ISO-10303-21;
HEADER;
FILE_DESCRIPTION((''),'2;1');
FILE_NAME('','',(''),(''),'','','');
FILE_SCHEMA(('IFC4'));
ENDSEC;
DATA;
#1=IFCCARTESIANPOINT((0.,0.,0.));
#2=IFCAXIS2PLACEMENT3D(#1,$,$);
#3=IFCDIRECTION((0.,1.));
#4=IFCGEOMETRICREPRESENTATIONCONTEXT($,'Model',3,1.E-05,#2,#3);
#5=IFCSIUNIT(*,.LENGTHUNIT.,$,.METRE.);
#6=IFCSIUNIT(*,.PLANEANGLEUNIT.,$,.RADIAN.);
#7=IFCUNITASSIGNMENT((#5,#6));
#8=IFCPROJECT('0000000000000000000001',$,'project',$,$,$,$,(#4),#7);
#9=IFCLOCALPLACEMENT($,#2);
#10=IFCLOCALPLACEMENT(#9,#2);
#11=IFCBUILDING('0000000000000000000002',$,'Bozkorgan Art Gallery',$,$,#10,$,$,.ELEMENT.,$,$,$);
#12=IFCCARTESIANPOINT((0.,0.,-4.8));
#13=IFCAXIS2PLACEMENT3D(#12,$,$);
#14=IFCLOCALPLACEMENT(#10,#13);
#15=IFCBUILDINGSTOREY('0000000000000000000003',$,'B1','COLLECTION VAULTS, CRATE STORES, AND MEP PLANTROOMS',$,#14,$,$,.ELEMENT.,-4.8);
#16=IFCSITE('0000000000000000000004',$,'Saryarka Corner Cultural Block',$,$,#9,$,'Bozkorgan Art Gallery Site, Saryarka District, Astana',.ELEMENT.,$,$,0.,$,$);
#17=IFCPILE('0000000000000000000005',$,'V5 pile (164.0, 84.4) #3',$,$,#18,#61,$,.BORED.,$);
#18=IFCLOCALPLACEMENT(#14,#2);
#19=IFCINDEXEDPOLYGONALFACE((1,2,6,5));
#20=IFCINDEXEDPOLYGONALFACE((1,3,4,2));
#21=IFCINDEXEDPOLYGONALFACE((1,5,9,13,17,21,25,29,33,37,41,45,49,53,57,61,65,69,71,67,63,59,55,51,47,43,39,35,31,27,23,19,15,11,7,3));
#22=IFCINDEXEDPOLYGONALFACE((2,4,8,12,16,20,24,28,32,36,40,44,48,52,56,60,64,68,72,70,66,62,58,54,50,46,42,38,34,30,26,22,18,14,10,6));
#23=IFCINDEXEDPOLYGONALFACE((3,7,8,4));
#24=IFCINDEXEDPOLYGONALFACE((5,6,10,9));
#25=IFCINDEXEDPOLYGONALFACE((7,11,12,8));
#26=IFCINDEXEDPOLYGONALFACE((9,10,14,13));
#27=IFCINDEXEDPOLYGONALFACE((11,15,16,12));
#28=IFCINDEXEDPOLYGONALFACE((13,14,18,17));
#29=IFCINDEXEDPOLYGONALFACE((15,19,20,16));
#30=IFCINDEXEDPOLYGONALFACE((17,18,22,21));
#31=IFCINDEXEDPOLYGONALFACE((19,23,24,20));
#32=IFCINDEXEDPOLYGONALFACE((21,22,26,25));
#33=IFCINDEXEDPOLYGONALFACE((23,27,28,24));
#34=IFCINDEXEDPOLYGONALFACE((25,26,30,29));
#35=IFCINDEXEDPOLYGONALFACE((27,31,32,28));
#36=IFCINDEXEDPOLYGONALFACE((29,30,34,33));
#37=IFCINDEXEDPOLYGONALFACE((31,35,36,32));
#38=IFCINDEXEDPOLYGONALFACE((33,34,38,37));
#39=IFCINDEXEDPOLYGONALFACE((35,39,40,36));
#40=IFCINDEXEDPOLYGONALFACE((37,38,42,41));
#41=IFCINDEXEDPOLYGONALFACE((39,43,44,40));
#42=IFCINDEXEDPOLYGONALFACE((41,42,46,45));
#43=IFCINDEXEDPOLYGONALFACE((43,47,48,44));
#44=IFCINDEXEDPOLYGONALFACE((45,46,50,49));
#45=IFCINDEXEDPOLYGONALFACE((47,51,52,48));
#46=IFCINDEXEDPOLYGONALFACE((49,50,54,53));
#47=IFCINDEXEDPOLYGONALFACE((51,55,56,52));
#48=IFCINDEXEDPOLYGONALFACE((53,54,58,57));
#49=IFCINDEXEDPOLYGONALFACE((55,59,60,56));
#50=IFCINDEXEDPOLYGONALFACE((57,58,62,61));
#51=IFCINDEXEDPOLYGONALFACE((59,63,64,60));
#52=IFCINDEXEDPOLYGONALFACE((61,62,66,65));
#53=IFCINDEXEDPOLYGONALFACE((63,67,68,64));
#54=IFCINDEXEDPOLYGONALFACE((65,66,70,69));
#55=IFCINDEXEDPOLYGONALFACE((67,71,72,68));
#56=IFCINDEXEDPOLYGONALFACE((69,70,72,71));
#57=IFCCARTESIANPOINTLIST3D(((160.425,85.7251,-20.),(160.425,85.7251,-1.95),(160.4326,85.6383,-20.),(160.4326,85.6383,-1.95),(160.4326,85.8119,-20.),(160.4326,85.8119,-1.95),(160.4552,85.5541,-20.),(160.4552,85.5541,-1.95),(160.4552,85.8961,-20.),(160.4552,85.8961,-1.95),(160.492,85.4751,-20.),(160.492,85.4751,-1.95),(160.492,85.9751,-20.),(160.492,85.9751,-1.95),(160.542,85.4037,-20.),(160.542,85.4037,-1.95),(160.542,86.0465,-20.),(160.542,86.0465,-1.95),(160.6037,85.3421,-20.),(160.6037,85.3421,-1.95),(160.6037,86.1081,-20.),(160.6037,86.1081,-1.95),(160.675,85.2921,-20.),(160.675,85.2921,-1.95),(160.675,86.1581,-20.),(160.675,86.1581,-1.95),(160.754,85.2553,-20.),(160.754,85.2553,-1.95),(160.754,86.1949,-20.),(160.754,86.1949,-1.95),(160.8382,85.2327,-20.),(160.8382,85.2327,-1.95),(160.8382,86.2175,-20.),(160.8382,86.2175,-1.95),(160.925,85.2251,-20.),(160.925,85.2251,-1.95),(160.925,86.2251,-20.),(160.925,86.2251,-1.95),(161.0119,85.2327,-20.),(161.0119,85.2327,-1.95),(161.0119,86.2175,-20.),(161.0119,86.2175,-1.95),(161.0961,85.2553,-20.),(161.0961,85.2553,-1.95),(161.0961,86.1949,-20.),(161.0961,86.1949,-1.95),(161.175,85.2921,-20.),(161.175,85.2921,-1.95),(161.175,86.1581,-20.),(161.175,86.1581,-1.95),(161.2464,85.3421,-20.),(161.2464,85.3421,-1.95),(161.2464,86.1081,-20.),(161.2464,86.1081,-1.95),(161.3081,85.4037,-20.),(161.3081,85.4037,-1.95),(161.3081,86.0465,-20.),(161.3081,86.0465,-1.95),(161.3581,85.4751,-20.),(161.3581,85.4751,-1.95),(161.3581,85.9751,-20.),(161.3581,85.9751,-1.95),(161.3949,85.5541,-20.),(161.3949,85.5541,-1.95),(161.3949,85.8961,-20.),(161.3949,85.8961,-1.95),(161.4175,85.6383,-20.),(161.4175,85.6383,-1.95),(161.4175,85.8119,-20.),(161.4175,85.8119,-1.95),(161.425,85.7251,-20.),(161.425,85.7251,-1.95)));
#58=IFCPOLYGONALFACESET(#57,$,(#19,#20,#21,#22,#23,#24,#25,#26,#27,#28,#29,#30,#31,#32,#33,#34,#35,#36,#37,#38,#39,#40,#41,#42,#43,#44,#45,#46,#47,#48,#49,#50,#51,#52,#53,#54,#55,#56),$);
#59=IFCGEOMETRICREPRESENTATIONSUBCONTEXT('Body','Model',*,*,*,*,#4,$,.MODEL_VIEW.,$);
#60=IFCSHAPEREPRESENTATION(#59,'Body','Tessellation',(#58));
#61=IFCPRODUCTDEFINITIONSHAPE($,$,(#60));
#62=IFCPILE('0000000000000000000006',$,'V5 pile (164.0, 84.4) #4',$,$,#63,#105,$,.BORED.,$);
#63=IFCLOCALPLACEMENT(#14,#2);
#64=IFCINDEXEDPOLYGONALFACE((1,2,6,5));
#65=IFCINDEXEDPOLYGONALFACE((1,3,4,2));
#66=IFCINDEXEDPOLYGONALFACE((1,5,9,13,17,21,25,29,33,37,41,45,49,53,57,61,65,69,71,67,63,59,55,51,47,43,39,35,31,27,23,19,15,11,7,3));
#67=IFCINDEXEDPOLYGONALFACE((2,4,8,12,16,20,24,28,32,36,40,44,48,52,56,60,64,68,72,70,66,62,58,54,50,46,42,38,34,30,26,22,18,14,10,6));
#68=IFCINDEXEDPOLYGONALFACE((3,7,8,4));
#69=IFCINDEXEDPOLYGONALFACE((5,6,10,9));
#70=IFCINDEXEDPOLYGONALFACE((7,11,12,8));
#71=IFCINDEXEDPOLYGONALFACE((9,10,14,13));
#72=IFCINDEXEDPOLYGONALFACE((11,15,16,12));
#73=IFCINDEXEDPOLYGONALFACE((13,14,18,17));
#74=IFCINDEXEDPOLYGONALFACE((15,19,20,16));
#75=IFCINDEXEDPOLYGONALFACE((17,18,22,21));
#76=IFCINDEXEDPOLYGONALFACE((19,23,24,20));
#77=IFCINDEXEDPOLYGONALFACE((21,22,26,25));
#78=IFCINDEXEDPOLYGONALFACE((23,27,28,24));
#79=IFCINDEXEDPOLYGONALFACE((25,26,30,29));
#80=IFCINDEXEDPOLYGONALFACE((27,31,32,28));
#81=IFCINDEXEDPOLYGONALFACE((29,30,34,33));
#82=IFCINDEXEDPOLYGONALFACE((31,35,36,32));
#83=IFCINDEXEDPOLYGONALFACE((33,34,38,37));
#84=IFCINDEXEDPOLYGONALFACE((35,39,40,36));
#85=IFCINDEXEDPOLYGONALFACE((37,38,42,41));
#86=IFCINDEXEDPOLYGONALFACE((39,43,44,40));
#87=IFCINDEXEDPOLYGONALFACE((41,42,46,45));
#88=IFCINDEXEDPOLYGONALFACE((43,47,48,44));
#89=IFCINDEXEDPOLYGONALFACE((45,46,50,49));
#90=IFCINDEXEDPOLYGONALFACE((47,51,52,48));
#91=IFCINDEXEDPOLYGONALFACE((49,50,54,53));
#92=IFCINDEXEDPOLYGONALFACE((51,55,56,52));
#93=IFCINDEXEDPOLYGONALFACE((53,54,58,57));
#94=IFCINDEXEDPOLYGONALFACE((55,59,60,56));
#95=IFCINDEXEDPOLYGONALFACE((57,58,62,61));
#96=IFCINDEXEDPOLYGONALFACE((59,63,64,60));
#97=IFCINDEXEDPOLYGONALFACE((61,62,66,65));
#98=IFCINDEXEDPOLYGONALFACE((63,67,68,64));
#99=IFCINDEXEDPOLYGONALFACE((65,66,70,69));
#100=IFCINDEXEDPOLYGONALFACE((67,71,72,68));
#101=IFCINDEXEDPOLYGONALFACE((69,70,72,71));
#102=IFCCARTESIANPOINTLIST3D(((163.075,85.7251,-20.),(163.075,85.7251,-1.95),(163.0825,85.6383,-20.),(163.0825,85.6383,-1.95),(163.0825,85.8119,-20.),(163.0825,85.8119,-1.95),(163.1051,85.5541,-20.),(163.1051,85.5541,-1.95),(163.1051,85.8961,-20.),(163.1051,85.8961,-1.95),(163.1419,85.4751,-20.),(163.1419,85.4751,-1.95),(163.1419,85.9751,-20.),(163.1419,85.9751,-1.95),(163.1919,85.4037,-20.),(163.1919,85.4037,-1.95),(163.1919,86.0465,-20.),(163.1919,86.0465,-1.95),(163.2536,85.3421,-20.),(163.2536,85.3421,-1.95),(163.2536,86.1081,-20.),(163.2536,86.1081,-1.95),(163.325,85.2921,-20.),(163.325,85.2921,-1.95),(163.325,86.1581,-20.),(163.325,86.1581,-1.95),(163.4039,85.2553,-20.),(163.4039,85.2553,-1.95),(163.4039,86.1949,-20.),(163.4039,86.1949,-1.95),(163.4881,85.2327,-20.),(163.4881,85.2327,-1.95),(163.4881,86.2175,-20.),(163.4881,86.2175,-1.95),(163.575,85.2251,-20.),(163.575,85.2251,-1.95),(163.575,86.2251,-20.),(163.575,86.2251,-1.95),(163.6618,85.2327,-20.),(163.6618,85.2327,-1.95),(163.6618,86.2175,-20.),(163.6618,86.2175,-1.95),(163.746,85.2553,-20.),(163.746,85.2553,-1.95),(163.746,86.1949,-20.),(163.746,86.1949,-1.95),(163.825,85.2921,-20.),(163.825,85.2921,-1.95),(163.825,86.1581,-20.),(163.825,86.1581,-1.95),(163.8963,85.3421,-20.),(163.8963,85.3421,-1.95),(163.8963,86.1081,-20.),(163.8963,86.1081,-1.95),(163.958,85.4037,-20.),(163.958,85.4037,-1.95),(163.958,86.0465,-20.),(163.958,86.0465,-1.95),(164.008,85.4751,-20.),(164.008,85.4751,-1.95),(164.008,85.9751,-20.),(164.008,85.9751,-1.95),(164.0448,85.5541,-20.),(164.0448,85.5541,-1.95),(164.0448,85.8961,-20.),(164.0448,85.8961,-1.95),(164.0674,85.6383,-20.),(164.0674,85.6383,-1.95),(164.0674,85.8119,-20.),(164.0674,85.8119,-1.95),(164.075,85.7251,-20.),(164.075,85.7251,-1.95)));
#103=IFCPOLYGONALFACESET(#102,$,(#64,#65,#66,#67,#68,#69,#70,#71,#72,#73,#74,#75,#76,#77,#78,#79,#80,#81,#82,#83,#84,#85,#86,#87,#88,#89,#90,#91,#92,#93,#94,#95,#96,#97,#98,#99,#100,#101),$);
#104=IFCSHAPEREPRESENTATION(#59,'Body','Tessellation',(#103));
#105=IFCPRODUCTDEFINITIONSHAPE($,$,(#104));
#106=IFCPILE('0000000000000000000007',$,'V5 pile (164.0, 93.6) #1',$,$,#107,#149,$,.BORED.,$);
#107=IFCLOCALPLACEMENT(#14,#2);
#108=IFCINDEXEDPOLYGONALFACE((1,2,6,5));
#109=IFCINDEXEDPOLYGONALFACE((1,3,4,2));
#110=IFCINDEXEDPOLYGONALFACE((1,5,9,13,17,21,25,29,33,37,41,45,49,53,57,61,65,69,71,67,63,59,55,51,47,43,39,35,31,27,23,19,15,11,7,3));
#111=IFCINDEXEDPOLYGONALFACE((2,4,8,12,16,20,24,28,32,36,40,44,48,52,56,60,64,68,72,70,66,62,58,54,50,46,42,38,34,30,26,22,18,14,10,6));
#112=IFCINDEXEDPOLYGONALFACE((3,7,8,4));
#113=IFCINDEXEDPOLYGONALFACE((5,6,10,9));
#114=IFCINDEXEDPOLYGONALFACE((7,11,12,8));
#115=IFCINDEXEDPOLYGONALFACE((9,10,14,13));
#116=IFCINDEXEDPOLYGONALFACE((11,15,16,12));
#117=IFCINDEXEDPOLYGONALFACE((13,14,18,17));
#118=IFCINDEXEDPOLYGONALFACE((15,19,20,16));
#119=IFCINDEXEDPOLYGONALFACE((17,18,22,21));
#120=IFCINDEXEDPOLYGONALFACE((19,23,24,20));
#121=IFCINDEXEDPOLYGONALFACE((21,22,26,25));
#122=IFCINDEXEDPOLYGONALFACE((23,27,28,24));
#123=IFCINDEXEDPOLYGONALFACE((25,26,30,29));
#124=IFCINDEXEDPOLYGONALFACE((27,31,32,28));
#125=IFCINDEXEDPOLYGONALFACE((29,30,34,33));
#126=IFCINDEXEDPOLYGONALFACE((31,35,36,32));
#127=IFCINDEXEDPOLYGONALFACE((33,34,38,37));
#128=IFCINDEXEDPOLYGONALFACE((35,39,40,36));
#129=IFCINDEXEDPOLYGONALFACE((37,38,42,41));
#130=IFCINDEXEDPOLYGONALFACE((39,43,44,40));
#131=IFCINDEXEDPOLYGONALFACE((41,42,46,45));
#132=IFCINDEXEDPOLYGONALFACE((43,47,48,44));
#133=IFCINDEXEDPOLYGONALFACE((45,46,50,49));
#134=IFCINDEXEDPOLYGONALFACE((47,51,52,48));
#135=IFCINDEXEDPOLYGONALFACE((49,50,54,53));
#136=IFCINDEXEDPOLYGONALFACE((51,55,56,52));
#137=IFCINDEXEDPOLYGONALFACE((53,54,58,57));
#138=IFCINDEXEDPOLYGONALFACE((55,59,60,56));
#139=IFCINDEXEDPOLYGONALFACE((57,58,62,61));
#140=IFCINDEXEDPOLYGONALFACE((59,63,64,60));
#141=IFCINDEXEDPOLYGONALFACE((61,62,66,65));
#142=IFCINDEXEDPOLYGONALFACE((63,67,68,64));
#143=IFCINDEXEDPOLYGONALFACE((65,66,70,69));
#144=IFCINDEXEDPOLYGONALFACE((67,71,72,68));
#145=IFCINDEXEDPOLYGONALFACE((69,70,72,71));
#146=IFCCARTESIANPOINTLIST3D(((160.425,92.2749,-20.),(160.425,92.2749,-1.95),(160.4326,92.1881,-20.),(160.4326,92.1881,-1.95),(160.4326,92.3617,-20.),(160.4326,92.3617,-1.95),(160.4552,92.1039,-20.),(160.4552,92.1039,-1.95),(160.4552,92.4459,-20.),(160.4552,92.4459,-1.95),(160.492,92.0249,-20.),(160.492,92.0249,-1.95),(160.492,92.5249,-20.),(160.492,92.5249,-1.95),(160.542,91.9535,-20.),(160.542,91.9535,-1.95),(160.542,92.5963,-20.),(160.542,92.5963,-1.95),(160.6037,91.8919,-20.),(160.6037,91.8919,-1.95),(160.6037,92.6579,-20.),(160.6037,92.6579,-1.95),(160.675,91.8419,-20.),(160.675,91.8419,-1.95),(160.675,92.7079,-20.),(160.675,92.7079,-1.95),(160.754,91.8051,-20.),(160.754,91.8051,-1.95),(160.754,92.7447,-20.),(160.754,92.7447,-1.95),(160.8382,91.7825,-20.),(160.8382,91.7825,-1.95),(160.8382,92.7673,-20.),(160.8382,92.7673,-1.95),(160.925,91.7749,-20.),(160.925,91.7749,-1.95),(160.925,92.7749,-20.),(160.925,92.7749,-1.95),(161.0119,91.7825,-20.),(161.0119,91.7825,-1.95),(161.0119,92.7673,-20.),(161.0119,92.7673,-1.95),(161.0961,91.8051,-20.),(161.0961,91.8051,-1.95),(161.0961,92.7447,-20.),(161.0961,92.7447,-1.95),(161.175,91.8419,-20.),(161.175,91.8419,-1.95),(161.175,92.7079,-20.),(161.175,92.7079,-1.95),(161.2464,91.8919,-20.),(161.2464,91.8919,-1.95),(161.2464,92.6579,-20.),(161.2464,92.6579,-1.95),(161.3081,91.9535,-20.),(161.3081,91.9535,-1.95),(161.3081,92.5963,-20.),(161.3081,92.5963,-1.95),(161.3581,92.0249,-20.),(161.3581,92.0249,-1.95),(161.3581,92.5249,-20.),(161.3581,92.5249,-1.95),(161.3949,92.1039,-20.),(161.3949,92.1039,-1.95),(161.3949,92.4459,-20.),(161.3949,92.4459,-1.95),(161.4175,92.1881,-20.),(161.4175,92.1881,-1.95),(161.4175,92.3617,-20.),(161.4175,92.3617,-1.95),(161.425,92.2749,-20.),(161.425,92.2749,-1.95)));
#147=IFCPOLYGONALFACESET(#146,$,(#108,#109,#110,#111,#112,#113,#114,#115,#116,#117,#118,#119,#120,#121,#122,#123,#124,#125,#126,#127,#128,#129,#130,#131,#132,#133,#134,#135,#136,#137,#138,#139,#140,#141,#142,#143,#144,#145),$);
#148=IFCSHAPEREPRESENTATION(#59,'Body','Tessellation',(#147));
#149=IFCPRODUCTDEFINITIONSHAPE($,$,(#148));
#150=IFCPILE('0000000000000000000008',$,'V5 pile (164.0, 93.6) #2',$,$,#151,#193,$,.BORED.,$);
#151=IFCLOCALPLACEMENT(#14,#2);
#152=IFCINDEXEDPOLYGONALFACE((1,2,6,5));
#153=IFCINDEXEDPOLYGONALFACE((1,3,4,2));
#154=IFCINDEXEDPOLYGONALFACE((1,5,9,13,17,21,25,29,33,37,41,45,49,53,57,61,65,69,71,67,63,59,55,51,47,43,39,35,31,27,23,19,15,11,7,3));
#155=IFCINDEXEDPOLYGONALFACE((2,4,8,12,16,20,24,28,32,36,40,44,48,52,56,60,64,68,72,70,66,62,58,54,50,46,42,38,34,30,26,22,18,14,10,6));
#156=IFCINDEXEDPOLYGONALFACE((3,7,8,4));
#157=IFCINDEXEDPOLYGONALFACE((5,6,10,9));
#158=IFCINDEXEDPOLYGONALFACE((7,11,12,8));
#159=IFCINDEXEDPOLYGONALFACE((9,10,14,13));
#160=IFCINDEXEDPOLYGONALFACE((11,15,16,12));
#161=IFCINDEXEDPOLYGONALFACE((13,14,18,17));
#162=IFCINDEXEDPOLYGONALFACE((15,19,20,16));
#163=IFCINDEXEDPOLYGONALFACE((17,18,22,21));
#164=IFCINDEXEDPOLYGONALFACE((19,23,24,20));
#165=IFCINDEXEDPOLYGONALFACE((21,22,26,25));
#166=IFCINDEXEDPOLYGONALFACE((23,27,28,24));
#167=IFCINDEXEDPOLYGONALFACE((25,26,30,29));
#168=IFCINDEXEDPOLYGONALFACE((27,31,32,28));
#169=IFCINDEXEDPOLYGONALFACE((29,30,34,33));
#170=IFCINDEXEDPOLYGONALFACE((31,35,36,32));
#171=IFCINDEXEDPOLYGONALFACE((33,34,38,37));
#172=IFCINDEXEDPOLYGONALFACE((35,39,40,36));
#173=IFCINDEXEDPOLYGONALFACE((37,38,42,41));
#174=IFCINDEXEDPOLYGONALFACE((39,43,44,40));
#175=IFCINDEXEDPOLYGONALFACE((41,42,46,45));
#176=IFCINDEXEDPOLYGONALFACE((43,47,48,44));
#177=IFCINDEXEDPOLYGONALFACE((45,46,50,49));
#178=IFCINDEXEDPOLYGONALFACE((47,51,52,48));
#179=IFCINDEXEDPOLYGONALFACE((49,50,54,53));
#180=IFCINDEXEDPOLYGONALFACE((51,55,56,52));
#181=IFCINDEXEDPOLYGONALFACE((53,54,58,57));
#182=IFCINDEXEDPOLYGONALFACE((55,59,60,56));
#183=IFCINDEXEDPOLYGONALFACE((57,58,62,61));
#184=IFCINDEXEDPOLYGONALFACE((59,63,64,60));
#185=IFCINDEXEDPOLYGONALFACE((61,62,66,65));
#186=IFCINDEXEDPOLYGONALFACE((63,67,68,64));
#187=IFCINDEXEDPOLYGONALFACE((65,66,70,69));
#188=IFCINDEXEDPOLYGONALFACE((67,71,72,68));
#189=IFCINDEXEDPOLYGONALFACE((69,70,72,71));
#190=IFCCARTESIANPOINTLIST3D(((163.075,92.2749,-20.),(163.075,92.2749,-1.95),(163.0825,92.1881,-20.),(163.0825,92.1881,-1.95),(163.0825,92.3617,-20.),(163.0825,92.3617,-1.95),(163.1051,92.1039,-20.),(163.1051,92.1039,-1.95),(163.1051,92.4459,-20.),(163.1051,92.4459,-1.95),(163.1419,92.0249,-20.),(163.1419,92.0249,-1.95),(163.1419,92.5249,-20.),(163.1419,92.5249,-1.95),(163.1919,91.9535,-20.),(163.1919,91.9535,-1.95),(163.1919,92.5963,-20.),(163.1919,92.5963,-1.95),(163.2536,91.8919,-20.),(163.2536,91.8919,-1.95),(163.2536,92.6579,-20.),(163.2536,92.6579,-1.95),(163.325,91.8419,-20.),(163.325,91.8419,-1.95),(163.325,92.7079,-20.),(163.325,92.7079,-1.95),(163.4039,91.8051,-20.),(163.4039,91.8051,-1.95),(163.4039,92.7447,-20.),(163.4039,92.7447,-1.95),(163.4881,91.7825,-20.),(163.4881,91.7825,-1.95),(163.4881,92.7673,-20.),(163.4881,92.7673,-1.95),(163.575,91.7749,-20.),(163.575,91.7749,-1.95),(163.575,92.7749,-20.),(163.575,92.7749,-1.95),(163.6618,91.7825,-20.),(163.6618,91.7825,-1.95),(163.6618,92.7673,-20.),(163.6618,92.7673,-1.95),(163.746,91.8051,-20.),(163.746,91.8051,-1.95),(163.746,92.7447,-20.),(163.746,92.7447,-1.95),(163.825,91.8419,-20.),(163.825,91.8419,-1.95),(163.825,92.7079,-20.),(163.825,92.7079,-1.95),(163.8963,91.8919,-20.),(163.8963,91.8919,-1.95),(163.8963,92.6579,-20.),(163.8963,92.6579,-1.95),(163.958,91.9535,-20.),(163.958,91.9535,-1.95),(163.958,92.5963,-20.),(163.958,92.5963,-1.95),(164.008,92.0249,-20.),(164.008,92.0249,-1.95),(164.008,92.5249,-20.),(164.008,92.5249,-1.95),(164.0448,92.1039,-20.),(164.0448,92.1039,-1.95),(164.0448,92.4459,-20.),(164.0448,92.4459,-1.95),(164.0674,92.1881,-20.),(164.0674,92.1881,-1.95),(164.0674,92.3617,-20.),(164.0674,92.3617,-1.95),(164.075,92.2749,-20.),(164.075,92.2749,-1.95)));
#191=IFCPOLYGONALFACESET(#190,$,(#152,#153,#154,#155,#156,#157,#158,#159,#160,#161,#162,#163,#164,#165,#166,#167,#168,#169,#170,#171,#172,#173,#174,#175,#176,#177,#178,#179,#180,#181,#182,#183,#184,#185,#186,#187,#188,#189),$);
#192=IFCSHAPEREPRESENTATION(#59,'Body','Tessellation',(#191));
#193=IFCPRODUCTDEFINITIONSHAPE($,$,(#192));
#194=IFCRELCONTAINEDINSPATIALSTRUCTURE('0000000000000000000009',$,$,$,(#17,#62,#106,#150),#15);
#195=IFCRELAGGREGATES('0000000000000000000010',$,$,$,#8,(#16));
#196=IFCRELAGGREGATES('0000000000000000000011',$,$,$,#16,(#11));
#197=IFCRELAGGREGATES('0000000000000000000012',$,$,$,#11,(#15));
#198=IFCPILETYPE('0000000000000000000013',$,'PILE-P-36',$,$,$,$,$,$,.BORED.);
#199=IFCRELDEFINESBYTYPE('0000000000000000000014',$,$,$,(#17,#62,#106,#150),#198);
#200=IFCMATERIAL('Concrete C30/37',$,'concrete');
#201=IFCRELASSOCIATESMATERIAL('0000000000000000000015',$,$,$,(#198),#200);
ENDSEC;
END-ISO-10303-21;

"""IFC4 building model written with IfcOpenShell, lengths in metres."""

from ifc_helpers import new_model, si_unit, direction, frame, origin, origin_2d, place, context, subcontext, project, spatial, circle, extrude, material, material_profile, profile_set, type_object, element, save


model = new_model("IFC4")

# Units and contexts
model_context = context("Model", 3, precision=1e-05, world=origin(), true_north=direction((0.0, 1.0)))
body_context = subcontext(model_context, "Body", "Model", "MODEL_VIEW")
ifc_project = project(units=[si_unit("LENGTHUNIT", "METRE"), si_unit("PLANEANGLEUNIT", "RADIAN")], contexts=[model_context])

# Site, building, storey
site_placement = place(None, origin())
site = spatial("IfcSite", under=ifc_project, at=site_placement, Name="Saryarka Corner Cultural Block", LongName="Bozkorgan Art Gallery Site, Saryarka District, Astana", CompositionType="ELEMENT", RefElevation=0.0)
building_placement = place(site_placement, origin())
building = spatial("IfcBuilding", under=site, at=building_placement, Name="Bozkorgan Art Gallery", CompositionType="ELEMENT")
storey_placement = place(building_placement, frame((0.0, 0.0, -4.8)))
storey = spatial("IfcBuildingStorey", under=building, at=storey_placement, Name="B1", Description="COLLECTION VAULTS, CRATE STORES, AND MEP PLANTROOMS", CompositionType="ELEMENT", Elevation=-4.8)

# Shared definitions
ifc_material_1 = material(Name="Concrete C30/37", Category="concrete")

# Piles
ifc_material_profile_1 = material_profile(ifc_material_1, circle(Radius=0.5, at=origin_2d()), Name="PILE D1000")
ifc_profile_set_1 = profile_set([ifc_material_profile_1], Name="Concrete C30/37")
pile_type_1 = type_object("IfcPileType", Name="PILE-P-36", PredefinedType="BORED", material=ifc_profile_set_1)
for number, where, z_axis, x_axis, name in (
    (1, (160.925, 85.7251, -1.95), (0.0, 0.0, -1.0), (1.0, 0.0, 0.0), "V5 pile (164.0, 84.4) #3"),
    (2, (163.575, 85.7251, -1.95), (0.0, 0.0, -1.0), (1.0, 0.0, 0.0), "V5 pile (164.0, 84.4) #4"),
    (3, (160.925, 92.2749, -1.95), (0.0, 0.0, -1.0), (1.0, 0.0, 0.0), "V5 pile (164.0, 93.6) #1"),
    (4, (163.575, 92.2749, -1.95), (0.0, 0.0, -1.0), (1.0, 0.0, 0.0), "V5 pile (164.0, 93.6) #2"),
):
    element("IfcPile", number, at=place(storey_placement, frame(where, z_axis=z_axis, x_axis=x_axis)), inside=storey, type_object=pile_type_1, Name=name, PredefinedType="BORED", context=body_context, shape_type="SweptSolid", body=[
        extrude(circle(Radius=0.5, at=origin_2d()), origin(), (0.0, 0.0, 1.0), 18.05),
    ])

save(model, "model.ifc")
